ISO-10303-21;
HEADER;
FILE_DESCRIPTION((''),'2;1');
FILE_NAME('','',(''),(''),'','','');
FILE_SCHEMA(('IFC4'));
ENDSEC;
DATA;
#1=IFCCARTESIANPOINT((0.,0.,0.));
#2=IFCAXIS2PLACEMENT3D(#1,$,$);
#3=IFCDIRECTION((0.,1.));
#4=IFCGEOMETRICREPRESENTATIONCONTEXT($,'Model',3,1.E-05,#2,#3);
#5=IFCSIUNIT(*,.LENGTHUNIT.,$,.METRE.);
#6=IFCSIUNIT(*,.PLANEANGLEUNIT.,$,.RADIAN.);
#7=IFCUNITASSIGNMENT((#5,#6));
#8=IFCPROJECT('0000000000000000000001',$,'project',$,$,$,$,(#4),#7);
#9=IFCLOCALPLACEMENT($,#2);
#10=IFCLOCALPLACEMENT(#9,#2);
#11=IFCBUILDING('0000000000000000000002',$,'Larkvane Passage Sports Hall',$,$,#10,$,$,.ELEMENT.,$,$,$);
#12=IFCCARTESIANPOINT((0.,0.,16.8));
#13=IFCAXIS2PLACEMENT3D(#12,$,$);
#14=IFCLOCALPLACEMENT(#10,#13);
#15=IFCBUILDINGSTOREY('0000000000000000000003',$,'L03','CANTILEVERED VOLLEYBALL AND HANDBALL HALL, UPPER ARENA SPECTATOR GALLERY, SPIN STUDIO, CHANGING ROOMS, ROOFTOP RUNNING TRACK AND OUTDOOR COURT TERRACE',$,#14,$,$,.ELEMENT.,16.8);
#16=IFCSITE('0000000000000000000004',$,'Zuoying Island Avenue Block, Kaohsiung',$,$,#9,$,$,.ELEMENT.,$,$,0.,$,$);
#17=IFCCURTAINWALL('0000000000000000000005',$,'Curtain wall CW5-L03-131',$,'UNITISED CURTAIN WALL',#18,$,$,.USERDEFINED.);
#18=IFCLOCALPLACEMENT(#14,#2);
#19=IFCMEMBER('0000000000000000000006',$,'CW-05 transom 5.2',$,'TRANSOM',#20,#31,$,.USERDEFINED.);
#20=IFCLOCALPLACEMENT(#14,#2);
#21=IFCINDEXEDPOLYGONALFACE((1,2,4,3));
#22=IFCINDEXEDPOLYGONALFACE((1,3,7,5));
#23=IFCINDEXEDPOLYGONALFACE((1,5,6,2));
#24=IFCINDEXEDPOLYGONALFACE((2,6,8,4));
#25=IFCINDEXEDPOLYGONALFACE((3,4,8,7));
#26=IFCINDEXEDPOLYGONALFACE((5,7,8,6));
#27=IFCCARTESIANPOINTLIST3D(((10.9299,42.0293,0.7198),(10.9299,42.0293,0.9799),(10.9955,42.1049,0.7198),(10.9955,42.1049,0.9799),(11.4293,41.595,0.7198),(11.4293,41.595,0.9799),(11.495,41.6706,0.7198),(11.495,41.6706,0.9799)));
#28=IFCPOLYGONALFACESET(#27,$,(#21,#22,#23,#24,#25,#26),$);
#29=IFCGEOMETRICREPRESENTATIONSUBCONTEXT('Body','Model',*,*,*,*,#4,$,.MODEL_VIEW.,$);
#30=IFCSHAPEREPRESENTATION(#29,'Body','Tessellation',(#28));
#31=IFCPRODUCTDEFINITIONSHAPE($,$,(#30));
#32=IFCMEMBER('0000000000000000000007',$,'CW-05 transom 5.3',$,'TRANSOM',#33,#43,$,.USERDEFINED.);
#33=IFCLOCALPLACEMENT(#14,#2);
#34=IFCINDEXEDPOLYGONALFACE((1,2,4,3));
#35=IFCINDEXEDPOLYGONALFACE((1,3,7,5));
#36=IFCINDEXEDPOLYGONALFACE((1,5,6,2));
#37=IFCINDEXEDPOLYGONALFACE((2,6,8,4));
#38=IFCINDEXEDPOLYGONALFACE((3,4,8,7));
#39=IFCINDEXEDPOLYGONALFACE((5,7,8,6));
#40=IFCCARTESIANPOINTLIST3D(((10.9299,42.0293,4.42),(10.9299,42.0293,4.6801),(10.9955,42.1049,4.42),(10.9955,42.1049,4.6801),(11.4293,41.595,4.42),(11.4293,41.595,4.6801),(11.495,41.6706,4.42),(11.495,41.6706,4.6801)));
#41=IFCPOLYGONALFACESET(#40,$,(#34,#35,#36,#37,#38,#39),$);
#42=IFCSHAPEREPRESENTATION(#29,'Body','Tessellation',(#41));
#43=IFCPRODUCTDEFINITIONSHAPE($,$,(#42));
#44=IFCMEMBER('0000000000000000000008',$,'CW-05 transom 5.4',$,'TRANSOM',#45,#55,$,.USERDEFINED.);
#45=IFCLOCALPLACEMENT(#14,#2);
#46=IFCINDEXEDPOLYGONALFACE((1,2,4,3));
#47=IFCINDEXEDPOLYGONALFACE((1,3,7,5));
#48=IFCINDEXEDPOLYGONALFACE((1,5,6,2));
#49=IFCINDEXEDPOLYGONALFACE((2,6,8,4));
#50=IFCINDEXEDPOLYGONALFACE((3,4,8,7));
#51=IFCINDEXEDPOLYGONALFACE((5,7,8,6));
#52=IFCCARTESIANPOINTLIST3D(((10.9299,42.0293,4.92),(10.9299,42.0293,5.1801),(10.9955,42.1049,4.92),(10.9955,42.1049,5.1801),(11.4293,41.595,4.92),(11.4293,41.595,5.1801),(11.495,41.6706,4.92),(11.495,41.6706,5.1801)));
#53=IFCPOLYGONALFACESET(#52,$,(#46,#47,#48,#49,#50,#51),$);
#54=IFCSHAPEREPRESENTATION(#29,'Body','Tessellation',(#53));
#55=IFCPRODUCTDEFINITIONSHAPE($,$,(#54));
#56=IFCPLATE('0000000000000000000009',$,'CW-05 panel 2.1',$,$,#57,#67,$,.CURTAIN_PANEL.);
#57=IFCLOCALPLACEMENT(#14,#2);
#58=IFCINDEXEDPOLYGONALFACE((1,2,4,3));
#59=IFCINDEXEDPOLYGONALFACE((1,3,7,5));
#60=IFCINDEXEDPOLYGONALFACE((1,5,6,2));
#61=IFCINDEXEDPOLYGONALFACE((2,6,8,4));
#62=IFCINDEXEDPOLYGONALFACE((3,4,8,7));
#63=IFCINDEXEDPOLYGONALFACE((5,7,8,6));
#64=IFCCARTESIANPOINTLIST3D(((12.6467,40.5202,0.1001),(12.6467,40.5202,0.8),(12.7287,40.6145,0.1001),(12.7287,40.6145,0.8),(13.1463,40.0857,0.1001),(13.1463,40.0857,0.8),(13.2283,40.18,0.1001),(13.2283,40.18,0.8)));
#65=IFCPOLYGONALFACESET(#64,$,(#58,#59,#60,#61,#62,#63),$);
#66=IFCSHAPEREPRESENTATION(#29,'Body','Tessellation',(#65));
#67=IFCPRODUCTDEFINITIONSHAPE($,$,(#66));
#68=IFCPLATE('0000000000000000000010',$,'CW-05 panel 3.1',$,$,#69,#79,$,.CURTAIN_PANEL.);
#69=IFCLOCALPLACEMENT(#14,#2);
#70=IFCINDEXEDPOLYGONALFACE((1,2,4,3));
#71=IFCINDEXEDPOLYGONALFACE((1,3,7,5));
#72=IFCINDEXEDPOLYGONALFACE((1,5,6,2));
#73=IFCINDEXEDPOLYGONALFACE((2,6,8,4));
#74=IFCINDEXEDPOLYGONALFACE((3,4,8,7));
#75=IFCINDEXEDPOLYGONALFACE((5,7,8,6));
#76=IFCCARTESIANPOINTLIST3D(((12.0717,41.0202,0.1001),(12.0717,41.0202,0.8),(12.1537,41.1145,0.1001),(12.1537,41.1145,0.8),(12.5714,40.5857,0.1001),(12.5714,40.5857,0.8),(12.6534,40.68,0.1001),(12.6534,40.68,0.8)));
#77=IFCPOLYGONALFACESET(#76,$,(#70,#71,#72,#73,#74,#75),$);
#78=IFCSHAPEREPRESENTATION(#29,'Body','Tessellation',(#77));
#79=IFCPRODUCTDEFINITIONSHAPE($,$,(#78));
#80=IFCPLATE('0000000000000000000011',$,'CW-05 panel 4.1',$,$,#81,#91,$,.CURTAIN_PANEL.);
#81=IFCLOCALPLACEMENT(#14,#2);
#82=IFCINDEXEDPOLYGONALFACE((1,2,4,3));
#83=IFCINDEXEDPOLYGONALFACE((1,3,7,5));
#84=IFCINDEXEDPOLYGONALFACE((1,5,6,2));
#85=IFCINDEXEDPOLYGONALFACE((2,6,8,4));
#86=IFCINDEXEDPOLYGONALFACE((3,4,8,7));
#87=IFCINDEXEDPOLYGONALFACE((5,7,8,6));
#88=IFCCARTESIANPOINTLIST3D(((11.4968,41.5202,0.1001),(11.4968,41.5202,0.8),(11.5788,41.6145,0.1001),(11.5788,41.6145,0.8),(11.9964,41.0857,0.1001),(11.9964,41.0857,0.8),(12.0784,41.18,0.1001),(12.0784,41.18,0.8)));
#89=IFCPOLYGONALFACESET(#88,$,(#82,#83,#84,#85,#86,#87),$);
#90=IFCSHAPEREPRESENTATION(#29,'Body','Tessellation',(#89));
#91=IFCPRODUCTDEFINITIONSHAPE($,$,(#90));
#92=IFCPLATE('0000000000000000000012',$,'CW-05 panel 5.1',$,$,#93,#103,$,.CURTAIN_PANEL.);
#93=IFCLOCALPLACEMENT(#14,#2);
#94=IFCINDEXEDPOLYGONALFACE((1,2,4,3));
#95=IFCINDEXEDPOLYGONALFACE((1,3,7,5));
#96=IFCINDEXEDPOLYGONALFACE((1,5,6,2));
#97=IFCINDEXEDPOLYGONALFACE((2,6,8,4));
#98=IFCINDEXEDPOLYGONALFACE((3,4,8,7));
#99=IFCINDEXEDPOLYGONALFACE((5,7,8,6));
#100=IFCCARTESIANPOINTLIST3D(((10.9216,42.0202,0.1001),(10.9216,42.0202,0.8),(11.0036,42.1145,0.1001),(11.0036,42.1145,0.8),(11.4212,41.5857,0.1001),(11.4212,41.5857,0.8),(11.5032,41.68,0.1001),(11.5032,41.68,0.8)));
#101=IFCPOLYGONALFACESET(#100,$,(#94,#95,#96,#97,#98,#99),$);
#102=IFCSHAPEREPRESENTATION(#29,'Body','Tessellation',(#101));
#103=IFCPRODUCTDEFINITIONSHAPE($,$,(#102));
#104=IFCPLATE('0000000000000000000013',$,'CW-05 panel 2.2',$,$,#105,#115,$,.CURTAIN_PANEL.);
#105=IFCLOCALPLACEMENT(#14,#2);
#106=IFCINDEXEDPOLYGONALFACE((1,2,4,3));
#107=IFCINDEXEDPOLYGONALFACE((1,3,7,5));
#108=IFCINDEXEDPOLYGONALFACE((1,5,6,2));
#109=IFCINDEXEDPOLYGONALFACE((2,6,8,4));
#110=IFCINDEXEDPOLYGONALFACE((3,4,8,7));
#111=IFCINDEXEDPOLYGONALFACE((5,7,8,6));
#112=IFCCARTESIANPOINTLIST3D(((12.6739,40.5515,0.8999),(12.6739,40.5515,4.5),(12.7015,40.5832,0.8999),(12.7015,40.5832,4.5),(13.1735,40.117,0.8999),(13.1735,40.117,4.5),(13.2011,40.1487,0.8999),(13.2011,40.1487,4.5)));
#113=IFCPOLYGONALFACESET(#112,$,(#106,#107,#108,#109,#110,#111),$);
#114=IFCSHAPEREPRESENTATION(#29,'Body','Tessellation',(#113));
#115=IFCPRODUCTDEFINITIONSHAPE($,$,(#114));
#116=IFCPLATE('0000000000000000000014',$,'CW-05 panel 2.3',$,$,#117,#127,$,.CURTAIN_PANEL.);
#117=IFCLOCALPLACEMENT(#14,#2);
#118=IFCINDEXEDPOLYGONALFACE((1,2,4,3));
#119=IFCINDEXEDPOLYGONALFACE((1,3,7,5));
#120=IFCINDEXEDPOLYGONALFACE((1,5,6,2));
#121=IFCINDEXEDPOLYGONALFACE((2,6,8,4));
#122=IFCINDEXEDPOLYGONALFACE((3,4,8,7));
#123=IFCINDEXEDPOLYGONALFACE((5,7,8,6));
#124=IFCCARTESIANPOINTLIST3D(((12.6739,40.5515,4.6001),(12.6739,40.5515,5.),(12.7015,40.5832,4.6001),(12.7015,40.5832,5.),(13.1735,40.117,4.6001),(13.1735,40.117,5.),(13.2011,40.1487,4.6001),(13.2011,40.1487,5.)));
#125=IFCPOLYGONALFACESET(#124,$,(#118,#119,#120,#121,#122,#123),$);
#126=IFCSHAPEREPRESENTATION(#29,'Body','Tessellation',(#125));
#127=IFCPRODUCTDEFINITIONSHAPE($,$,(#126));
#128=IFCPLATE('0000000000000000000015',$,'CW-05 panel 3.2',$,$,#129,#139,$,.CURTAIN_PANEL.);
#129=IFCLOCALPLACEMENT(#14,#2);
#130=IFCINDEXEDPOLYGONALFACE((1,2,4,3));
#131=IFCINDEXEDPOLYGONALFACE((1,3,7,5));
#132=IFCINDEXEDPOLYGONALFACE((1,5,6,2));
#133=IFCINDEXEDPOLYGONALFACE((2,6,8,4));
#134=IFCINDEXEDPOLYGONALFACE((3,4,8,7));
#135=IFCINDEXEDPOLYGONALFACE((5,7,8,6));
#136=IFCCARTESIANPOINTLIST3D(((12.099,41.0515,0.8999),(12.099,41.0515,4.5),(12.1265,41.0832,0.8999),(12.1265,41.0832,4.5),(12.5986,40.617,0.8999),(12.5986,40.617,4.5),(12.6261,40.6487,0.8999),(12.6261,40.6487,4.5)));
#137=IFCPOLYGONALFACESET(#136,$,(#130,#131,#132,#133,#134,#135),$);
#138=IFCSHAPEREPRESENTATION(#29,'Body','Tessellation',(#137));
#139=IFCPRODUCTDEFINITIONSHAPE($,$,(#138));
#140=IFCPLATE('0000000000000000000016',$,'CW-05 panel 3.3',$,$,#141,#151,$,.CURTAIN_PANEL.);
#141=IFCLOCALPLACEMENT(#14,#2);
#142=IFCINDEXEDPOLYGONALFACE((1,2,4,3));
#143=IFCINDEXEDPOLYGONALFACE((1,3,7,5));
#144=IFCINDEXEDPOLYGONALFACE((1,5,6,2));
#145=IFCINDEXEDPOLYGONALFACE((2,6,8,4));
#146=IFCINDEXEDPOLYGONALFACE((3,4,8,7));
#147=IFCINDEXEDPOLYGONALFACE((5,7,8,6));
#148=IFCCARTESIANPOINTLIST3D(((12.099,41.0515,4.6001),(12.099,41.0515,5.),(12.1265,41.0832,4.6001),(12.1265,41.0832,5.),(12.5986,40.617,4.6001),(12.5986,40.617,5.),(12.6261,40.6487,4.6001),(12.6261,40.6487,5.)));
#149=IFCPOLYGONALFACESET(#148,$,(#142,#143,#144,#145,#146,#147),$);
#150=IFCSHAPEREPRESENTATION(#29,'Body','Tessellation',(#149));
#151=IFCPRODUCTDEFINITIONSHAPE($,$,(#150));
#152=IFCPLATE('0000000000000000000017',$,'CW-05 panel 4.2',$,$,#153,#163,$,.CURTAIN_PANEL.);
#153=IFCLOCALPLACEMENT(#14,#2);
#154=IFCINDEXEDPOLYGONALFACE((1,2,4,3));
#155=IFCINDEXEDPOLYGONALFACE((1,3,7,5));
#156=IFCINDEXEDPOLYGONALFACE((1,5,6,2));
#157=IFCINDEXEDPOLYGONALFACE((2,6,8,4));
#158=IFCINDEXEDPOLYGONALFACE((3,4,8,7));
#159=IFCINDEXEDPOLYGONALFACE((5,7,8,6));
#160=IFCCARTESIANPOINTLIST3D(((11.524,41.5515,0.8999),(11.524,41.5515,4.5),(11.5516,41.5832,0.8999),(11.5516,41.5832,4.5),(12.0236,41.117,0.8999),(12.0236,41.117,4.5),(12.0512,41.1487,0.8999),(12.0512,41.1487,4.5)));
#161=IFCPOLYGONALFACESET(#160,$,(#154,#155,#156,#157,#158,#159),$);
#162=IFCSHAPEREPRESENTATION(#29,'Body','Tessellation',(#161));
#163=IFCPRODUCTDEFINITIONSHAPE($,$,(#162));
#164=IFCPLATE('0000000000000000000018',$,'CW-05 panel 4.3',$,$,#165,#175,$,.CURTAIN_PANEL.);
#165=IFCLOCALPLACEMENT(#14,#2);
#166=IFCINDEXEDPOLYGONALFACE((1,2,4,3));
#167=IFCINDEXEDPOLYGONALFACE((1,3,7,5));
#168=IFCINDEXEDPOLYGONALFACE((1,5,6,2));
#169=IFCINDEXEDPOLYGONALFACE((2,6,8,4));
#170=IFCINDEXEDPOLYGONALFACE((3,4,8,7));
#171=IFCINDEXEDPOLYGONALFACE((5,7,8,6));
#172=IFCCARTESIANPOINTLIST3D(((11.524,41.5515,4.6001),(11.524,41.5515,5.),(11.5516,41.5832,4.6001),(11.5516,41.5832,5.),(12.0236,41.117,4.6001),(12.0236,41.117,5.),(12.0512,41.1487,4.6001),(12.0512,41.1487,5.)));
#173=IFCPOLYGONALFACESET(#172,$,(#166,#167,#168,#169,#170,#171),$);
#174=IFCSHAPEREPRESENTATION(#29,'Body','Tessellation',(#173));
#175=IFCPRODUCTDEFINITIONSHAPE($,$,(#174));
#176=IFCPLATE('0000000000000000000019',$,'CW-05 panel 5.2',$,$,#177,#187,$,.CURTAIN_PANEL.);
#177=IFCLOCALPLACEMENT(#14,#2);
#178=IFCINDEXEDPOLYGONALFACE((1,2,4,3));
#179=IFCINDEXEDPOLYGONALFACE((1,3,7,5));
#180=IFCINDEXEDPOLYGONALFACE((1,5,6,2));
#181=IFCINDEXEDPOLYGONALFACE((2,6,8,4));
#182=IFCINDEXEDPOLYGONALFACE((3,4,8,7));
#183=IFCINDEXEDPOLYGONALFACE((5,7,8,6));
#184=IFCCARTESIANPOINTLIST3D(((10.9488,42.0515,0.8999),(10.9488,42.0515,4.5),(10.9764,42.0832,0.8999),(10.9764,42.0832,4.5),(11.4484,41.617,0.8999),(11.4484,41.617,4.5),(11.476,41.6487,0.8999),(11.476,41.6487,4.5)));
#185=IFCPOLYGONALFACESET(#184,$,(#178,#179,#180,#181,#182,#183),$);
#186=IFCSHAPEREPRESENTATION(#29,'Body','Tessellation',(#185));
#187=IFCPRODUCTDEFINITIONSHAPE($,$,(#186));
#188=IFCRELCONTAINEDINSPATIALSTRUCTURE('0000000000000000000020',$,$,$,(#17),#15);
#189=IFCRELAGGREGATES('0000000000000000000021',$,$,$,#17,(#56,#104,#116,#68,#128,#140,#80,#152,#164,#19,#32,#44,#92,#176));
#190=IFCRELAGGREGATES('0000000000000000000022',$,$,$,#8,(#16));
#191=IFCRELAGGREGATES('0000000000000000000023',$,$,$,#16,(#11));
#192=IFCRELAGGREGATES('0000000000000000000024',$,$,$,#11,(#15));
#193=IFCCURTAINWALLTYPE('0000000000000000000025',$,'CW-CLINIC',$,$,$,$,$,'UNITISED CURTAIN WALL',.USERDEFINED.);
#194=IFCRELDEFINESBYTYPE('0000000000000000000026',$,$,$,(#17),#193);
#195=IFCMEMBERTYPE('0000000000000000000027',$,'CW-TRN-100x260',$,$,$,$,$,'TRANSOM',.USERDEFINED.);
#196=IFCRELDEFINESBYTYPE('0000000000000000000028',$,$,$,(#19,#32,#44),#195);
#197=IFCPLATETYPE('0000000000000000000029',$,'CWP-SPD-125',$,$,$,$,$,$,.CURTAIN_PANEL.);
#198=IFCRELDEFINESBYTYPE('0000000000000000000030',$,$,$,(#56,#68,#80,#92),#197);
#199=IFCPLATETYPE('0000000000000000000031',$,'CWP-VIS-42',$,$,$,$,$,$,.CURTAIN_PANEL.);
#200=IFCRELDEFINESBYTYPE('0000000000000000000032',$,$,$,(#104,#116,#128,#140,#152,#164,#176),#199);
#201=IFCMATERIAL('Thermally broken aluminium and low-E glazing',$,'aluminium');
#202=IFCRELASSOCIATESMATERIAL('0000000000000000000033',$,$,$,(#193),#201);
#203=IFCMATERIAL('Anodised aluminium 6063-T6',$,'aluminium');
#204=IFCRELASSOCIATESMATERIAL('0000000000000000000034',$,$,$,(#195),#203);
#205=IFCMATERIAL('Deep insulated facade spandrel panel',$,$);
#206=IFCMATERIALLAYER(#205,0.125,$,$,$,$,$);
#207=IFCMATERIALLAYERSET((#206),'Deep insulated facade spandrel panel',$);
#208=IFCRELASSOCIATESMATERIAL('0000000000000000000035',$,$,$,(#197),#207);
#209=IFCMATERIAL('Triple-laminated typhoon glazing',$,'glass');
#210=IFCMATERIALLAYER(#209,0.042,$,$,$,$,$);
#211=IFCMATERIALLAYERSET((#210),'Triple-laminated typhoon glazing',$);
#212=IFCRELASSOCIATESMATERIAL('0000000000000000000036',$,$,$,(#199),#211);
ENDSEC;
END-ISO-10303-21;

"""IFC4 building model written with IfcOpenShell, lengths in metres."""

from ifc_helpers import new_model, si_unit, direction, frame, origin, origin_2d, place, context, subcontext, project, spatial, rectangle, extrude, material, layer, layer_set, material_profile, profile_set, type_object, element, aggregate, save


model = new_model("IFC4")

# Units and contexts
model_context = context("Model", 3, precision=1e-05, world=origin(), true_north=direction((0.0, 1.0)))
body_context = subcontext(model_context, "Body", "Model", "MODEL_VIEW")
ifc_project = project(units=[si_unit("LENGTHUNIT", "METRE"), si_unit("PLANEANGLEUNIT", "RADIAN")], contexts=[model_context])

# Site, building, storey
site_placement = place(None, origin())
site = spatial("IfcSite", under=ifc_project, at=site_placement, Name="Zuoying Island Avenue Block, Kaohsiung", CompositionType="ELEMENT", RefElevation=0.0)
building_placement = place(site_placement, origin())
building = spatial("IfcBuilding", under=site, at=building_placement, Name="Larkvane Passage Sports Hall", CompositionType="ELEMENT")
storey_placement = place(building_placement, frame((0.0, 0.0, 16.8)))
storey = spatial("IfcBuildingStorey", under=building, at=storey_placement, Name="L03", Description="CANTILEVERED VOLLEYBALL AND HANDBALL HALL, UPPER ARENA SPECTATOR GALLERY, SPIN STUDIO, CHANGING ROOMS, ROOFTOP RUNNING TRACK AND OUTDOOR COURT TERRACE", CompositionType="ELEMENT", Elevation=16.8)

# Curtain wall, members, plates
ifc_material_1 = material(Name="Thermally broken aluminium and low-E glazing", Category="aluminium")
curtain_wall_type = type_object("IfcCurtainWallType", Name="CW-CLINIC", ElementType="UNITISED CURTAIN WALL", PredefinedType="USERDEFINED", material=ifc_material_1)
curtain_wall_placement = place(storey_placement, origin())
curtain_wall = element("IfcCurtainWall", 1, at=curtain_wall_placement, inside=storey, type_object=curtain_wall_type, Name="Curtain wall CW5-L03-131", ObjectType="UNITISED CURTAIN WALL", PredefinedType="USERDEFINED")
ifc_material_2 = material(Name="Anodised aluminium 6063-T6", Category="aluminium")
ifc_material_profile_1 = material_profile(ifc_material_2, rectangle(XDim=0.1001, YDim=0.26, at=origin_2d()), Name="ALU-TRN-100x260")
ifc_profile_set_1 = profile_set([ifc_material_profile_1], Name="Anodised aluminium 6063-T6")
member_type_1 = type_object("IfcMemberType", Name="CW-TRN-100x260", ElementType="TRANSOM", PredefinedType="USERDEFINED", material=ifc_profile_set_1)
member_1_placement = place(storey_placement, frame((11.4622, 41.6328, 0.8499), z_axis=(-0.754629, 0.656151, 0.0), x_axis=(-0.656151, -0.754629, 0.0)))
member_1 = element("IfcMember", 2, at=member_1_placement, type_object=member_type_1, Name="CW-05 transom 5.2", ObjectType="TRANSOM", PredefinedType="USERDEFINED", context=body_context, shape_type="SweptSolid", body=[
    extrude(rectangle(XDim=0.1001, YDim=0.26, at=origin_2d()), origin(), (0.0, 0.0, 1.0), 0.6619),
])
member_2_placement = place(storey_placement, frame((11.4622, 41.6328, 4.55), z_axis=(-0.754629, 0.656151, 0.0), x_axis=(-0.656151, -0.754629, 0.0)))
member_2 = element("IfcMember", 3, at=member_2_placement, type_object=member_type_1, Name="CW-05 transom 5.3", ObjectType="TRANSOM", PredefinedType="USERDEFINED", context=body_context, shape_type="SweptSolid", body=[
    extrude(rectangle(XDim=0.1001, YDim=0.26, at=origin_2d()), origin(), (0.0, 0.0, 1.0), 0.6619),
])
member_3_placement = place(storey_placement, frame((11.4622, 41.6328, 5.05), z_axis=(-0.754629, 0.656151, 0.0), x_axis=(-0.656151, -0.754629, 0.0)))
member_3 = element("IfcMember", 4, at=member_3_placement, type_object=member_type_1, Name="CW-05 transom 5.4", ObjectType="TRANSOM", PredefinedType="USERDEFINED", context=body_context, shape_type="SweptSolid", body=[
    extrude(rectangle(XDim=0.1001, YDim=0.26, at=origin_2d()), origin(), (0.0, 0.0, 1.0), 0.6619),
])
ifc_material_3 = material(Name="Deep insulated facade spandrel panel")
ifc_layer_1 = layer(ifc_material_3, 0.125)
ifc_layer_set_1 = layer_set([ifc_layer_1], Name="Deep insulated facade spandrel panel")
plate_type_1 = type_object("IfcPlateType", Name="CWP-SPD-125", PredefinedType="CURTAIN_PANEL", material=ifc_layer_set_1)
plate_1_placement = place(storey_placement, frame((12.9375, 40.3501, 0.1001), z_axis=(0.0, 0.0, 1.0), x_axis=(-0.754606, 0.656179, 0.0)))
plate_1 = element("IfcPlate", 5, at=plate_1_placement, type_object=plate_type_1, Name="CW-05 panel 2.1", PredefinedType="CURTAIN_PANEL", context=body_context, shape_type="SweptSolid", body=[
    extrude(rectangle(XDim=0.6621, YDim=0.125, at=origin_2d()), origin(), (0.0, 0.0, 1.0), 0.7),
])
plate_2_placement = place(storey_placement, frame((12.3625, 40.8501, 0.1001), z_axis=(0.0, 0.0, 1.0), x_axis=(-0.754606, 0.656179, 0.0)))
plate_2 = element("IfcPlate", 6, at=plate_2_placement, type_object=plate_type_1, Name="CW-05 panel 3.1", PredefinedType="CURTAIN_PANEL", context=body_context, shape_type="SweptSolid", body=[
    extrude(rectangle(XDim=0.6621, YDim=0.125, at=origin_2d()), origin(), (0.0, 0.0, 1.0), 0.7),
])
plate_3_placement = place(storey_placement, frame((11.7876, 41.3501, 0.1001), z_axis=(0.0, 0.0, 1.0), x_axis=(-0.754606, 0.656179, 0.0)))
plate_3 = element("IfcPlate", 7, at=plate_3_placement, type_object=plate_type_1, Name="CW-05 panel 4.1", PredefinedType="CURTAIN_PANEL", context=body_context, shape_type="SweptSolid", body=[
    extrude(rectangle(XDim=0.6621, YDim=0.125, at=origin_2d()), origin(), (0.0, 0.0, 1.0), 0.7),
])
plate_4_placement = place(storey_placement, frame((11.2124, 41.8501, 0.1001), z_axis=(0.0, 0.0, 1.0), x_axis=(-0.754606, 0.656179, 0.0)))
plate_4 = element("IfcPlate", 8, at=plate_4_placement, type_object=plate_type_1, Name="CW-05 panel 5.1", PredefinedType="CURTAIN_PANEL", context=body_context, shape_type="SweptSolid", body=[
    extrude(rectangle(XDim=0.6621, YDim=0.125, at=origin_2d()), origin(), (0.0, 0.0, 1.0), 0.7),
])
ifc_material_4 = material(Name="Triple-laminated typhoon glazing", Category="glass")
ifc_layer_2 = layer(ifc_material_4, 0.042)
ifc_layer_set_2 = layer_set([ifc_layer_2], Name="Triple-laminated typhoon glazing")
plate_type_2 = type_object("IfcPlateType", Name="CWP-VIS-42", PredefinedType="CURTAIN_PANEL", material=ifc_layer_set_2)
plate_5_placement = place(storey_placement, frame((12.9375, 40.3501, 0.8999), z_axis=(0.0, 0.0, 1.0), x_axis=(-0.754606, 0.656179, 0.0)))
plate_5 = element("IfcPlate", 9, at=plate_5_placement, type_object=plate_type_2, Name="CW-05 panel 2.2", PredefinedType="CURTAIN_PANEL", context=body_context, shape_type="SweptSolid", body=[
    extrude(rectangle(XDim=0.6621, YDim=0.042, at=origin_2d()), origin(), (0.0, 0.0, 1.0), 3.6001),
])
plate_6_placement = place(storey_placement, frame((12.9375, 40.3501, 4.6001), z_axis=(0.0, 0.0, 1.0), x_axis=(-0.754606, 0.656179, 0.0)))
plate_6 = element("IfcPlate", 10, at=plate_6_placement, type_object=plate_type_2, Name="CW-05 panel 2.3", PredefinedType="CURTAIN_PANEL", context=body_context, shape_type="SweptSolid", body=[
    extrude(rectangle(XDim=0.6621, YDim=0.042, at=origin_2d()), origin(), (0.0, 0.0, 1.0), 0.3999),
])
plate_7_placement = place(storey_placement, frame((12.3625, 40.8501, 0.8999), z_axis=(0.0, 0.0, 1.0), x_axis=(-0.754606, 0.656179, 0.0)))
plate_7 = element("IfcPlate", 11, at=plate_7_placement, type_object=plate_type_2, Name="CW-05 panel 3.2", PredefinedType="CURTAIN_PANEL", context=body_context, shape_type="SweptSolid", body=[
    extrude(rectangle(XDim=0.6621, YDim=0.042, at=origin_2d()), origin(), (0.0, 0.0, 1.0), 3.6001),
])
plate_8_placement = place(storey_placement, frame((12.3625, 40.8501, 4.6001), z_axis=(0.0, 0.0, 1.0), x_axis=(-0.754606, 0.656179, 0.0)))
plate_8 = element("IfcPlate", 12, at=plate_8_placement, type_object=plate_type_2, Name="CW-05 panel 3.3", PredefinedType="CURTAIN_PANEL", context=body_context, shape_type="SweptSolid", body=[
    extrude(rectangle(XDim=0.6621, YDim=0.042, at=origin_2d()), origin(), (0.0, 0.0, 1.0), 0.3999),
])
plate_9_placement = place(storey_placement, frame((11.7876, 41.3501, 0.8999), z_axis=(0.0, 0.0, 1.0), x_axis=(-0.754606, 0.656179, 0.0)))
plate_9 = element("IfcPlate", 13, at=plate_9_placement, type_object=plate_type_2, Name="CW-05 panel 4.2", PredefinedType="CURTAIN_PANEL", context=body_context, shape_type="SweptSolid", body=[
    extrude(rectangle(XDim=0.6621, YDim=0.042, at=origin_2d()), origin(), (0.0, 0.0, 1.0), 3.6001),
])
plate_10_placement = place(storey_placement, frame((11.7876, 41.3501, 4.6001), z_axis=(0.0, 0.0, 1.0), x_axis=(-0.754606, 0.656179, 0.0)))
plate_10 = element("IfcPlate", 14, at=plate_10_placement, type_object=plate_type_2, Name="CW-05 panel 4.3", PredefinedType="CURTAIN_PANEL", context=body_context, shape_type="SweptSolid", body=[
    extrude(rectangle(XDim=0.6621, YDim=0.042, at=origin_2d()), origin(), (0.0, 0.0, 1.0), 0.3999),
])
plate_11_placement = place(storey_placement, frame((11.2124, 41.8501, 0.8999), z_axis=(0.0, 0.0, 1.0), x_axis=(-0.754606, 0.656179, 0.0)))
plate_11 = element("IfcPlate", 15, at=plate_11_placement, type_object=plate_type_2, Name="CW-05 panel 5.2", PredefinedType="CURTAIN_PANEL", context=body_context, shape_type="SweptSolid", body=[
    extrude(rectangle(XDim=0.6621, YDim=0.042, at=origin_2d()), origin(), (0.0, 0.0, 1.0), 3.6001),
])
aggregate(curtain_wall, [plate_1, plate_5, plate_6, plate_2, plate_7, plate_8, plate_3, plate_9, plate_10, member_1, member_2, member_3, plate_4, plate_11])

save(model, "model.ifc")
